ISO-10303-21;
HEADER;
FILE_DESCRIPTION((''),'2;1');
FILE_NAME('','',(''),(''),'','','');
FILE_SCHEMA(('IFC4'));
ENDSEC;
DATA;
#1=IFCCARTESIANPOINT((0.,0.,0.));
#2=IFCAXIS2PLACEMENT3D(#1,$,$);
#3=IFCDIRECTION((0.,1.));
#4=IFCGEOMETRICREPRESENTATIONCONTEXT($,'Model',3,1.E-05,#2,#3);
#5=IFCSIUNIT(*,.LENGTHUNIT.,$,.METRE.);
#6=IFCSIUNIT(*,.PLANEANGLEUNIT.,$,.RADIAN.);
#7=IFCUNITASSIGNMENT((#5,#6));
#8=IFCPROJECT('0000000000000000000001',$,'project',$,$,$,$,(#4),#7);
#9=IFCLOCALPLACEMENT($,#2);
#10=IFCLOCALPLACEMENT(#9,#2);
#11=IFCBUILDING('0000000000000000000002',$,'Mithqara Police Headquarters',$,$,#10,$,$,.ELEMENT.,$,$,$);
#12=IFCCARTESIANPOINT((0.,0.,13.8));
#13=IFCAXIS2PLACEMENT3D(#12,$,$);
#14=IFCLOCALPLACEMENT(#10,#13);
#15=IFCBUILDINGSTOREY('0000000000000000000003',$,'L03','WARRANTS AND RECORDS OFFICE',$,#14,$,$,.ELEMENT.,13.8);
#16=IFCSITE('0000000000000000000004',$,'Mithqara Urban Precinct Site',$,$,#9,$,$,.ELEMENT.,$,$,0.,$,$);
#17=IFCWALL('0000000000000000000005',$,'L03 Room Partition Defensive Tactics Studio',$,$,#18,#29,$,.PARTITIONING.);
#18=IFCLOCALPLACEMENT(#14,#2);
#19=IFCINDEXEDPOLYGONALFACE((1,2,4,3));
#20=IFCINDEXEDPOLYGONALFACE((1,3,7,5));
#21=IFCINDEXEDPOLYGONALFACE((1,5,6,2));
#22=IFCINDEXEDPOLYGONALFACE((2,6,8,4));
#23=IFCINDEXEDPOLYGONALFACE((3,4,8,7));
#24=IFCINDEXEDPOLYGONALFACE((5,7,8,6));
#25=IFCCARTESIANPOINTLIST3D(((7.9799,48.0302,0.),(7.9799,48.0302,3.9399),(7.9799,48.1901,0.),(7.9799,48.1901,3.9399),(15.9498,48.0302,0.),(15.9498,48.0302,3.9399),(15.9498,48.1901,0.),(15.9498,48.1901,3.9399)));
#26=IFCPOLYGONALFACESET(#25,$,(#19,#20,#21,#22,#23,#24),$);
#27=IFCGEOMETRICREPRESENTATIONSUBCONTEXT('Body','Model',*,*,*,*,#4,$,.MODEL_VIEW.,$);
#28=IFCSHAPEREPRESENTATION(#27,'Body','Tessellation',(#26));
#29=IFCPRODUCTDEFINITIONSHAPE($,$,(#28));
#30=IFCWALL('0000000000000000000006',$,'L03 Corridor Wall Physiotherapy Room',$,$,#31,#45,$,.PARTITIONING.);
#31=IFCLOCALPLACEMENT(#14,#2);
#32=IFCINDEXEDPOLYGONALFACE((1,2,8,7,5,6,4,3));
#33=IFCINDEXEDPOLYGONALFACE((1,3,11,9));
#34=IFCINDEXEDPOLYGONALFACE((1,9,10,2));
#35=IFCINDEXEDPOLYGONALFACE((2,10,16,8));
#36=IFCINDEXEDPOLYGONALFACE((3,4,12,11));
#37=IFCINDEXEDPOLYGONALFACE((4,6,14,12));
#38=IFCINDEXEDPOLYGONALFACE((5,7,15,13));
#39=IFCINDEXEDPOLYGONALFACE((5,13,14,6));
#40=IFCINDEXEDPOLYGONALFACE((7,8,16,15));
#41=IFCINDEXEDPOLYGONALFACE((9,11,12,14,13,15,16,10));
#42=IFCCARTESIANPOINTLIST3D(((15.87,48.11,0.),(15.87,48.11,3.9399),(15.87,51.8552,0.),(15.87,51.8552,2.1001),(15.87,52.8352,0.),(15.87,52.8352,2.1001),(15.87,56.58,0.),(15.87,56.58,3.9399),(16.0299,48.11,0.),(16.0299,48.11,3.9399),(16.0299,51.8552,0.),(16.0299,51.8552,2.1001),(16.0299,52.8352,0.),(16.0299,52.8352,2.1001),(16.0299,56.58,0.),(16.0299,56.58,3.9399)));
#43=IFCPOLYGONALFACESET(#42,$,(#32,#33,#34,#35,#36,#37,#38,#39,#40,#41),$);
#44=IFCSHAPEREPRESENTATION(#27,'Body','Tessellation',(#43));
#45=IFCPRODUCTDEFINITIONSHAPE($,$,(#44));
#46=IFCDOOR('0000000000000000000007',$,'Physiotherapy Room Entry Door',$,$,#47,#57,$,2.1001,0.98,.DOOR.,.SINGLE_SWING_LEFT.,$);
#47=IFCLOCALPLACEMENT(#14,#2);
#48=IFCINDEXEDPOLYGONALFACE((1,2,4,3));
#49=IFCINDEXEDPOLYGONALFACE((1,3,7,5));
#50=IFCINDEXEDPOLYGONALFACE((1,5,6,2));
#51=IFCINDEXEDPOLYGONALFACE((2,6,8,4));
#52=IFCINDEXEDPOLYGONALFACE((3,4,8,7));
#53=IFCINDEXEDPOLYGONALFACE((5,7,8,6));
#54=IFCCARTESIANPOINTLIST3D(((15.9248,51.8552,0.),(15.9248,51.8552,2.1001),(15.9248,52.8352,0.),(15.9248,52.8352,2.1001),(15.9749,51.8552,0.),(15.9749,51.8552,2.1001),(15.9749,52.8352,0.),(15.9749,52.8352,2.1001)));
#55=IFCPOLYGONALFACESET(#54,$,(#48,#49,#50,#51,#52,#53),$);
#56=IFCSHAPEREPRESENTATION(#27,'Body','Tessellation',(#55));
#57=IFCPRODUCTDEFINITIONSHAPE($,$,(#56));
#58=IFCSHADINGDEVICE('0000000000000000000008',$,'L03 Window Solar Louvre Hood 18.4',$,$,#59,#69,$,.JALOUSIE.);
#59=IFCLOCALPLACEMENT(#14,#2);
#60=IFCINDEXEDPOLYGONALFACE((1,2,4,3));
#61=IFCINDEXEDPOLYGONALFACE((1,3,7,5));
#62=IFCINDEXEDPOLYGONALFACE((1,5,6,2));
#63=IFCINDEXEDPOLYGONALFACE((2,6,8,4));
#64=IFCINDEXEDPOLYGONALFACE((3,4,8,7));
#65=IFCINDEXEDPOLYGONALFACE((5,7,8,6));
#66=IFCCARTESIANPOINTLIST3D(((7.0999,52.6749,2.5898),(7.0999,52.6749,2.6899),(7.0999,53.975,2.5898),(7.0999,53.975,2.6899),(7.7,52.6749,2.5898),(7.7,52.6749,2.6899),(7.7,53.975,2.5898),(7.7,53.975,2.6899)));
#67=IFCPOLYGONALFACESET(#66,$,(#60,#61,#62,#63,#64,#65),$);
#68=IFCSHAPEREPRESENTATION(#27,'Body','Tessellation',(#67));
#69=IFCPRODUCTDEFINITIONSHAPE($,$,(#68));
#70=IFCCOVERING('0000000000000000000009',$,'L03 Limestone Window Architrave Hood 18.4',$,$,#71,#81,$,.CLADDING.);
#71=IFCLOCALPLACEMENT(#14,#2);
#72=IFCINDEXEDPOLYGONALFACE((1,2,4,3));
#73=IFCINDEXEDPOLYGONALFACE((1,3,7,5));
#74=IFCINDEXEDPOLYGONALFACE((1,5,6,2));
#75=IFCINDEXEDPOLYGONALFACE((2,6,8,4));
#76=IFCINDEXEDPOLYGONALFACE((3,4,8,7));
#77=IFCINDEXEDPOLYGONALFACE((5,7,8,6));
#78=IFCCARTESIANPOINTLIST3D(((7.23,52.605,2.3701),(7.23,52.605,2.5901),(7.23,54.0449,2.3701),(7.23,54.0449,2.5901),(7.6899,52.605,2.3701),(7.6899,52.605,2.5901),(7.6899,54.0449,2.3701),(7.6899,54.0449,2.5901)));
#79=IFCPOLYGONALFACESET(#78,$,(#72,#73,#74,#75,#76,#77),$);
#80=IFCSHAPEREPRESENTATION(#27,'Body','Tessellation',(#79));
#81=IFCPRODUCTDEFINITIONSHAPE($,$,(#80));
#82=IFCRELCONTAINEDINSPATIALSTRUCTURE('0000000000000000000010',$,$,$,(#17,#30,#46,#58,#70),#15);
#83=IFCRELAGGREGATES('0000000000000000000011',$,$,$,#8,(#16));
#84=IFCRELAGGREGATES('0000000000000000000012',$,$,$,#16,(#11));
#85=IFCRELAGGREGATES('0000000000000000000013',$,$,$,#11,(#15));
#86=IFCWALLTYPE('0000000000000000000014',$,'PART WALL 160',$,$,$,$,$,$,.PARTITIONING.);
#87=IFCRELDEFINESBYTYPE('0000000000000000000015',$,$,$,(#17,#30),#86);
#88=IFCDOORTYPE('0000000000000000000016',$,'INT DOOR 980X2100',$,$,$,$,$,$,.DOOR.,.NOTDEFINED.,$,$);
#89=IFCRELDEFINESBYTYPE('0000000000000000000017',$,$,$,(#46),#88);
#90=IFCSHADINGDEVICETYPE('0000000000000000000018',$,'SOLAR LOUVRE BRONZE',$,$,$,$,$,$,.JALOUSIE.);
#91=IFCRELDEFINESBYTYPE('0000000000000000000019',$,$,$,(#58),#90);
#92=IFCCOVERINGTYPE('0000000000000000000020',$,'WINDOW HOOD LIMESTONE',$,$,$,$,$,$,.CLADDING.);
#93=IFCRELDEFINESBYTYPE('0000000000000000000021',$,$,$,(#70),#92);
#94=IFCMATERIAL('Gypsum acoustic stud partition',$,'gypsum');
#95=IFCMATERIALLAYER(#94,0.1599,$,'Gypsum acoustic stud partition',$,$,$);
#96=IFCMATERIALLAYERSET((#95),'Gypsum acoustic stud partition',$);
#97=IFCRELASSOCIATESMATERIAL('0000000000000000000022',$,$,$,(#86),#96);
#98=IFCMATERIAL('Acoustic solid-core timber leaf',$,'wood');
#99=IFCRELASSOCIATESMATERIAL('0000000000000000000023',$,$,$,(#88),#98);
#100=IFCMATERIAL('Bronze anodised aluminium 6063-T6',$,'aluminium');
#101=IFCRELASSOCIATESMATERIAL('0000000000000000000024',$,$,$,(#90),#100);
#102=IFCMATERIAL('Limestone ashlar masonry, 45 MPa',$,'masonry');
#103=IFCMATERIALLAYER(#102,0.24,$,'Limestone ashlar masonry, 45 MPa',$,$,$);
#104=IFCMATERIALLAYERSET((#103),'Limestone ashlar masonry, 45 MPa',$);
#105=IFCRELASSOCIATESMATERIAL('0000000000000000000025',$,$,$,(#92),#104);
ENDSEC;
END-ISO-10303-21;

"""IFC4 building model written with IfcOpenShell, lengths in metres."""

from ifc_helpers import new_model, si_unit, direction, frame, frame_2d, origin, origin_2d, place, context, subcontext, project, spatial, rectangle, extrude, material, layer, layer_set, type_object, element, fill, save


model = new_model("IFC4")

# Units and contexts
model_context = context("Model", 3, precision=1e-05, world=origin(), true_north=direction((0.0, 1.0)))
body_context = subcontext(model_context, "Body", "Model", "MODEL_VIEW")
ifc_project = project(units=[si_unit("LENGTHUNIT", "METRE"), si_unit("PLANEANGLEUNIT", "RADIAN")], contexts=[model_context])

# Site, building, storey
site_placement = place(None, origin())
site = spatial("IfcSite", under=ifc_project, at=site_placement, Name="Mithqara Urban Precinct Site", CompositionType="ELEMENT", RefElevation=0.0)
building_placement = place(site_placement, origin())
building = spatial("IfcBuilding", under=site, at=building_placement, Name="Mithqara Police Headquarters", CompositionType="ELEMENT")
storey_placement = place(building_placement, frame((0.0, 0.0, 13.8)))
storey = spatial("IfcBuildingStorey", under=building, at=storey_placement, Name="L03", Description="WARRANTS AND RECORDS OFFICE", CompositionType="ELEMENT", Elevation=13.8)

# Shared definitions
ifc_material_1 = material(Name="Bronze anodised aluminium 6063-T6", Category="aluminium")

# Wall
ifc_material_2 = material(Name="Gypsum acoustic stud partition", Category="gypsum")
ifc_layer_1 = layer(ifc_material_2, 0.1599, Name="Gypsum acoustic stud partition")
ifc_layer_set_1 = layer_set([ifc_layer_1], Name="Gypsum acoustic stud partition")
wall_type_1 = type_object("IfcWallType", Name="PART WALL 160", PredefinedType="PARTITIONING", material=ifc_layer_set_1)
wall_1_placement = place(storey_placement, frame((7.98, 48.1101, 0.0), z_axis=(0.0, 0.0, 1.0), x_axis=(1.0, 0.0, 0.0)))
element("IfcWall", 1, at=wall_1_placement, inside=storey, type_object=wall_type_1, Name="L03 Room Partition Defensive Tactics Studio", PredefinedType="PARTITIONING", context=body_context, shape_type="SweptSolid", body=[
    extrude(rectangle(XDim=7.97, YDim=0.1599, at=frame_2d((3.9849, 0.0))), origin(), (0.0, 0.0, 1.0), 3.9399),
])

# Wall, opening, door
wall_2_placement = place(storey_placement, frame((15.95, 48.1101, 0.0), z_axis=(0.0, 0.0, 1.0), x_axis=(0.0, 1.0, 0.0)))
wall_2 = element("IfcWall", 2, at=wall_2_placement, inside=storey, type_object=wall_type_1, Name="L03 Corridor Wall Physiotherapy Room", PredefinedType="PARTITIONING", context=body_context, shape_type="SweptSolid", body=[
    extrude(rectangle(XDim=8.47, YDim=0.1599, at=frame_2d((4.2349, 0.0))), origin(), (0.0, 0.0, 1.0), 3.9399),
])
opening_1_placement = place(wall_2_placement, frame((3.7451, 0.0, 0.0)))
opening_1 = element("IfcOpeningElement", 3, at=opening_1_placement, cuts=wall_2, PredefinedType="OPENING", context=body_context, shape_type="SweptSolid", body=[
    extrude(rectangle(XDim=0.98, YDim=2.1001, at=frame_2d((0.49, 1.05))), frame((0.0, 0.0898, 0.0), z_axis=(0.0, -1.0, 0.0), x_axis=(1.0, 0.0, 0.0)), (0.0, 0.0, 1.0), 0.1799),
])
ifc_material_3 = material(Name="Acoustic solid-core timber leaf", Category="wood")
door_type = type_object("IfcDoorType", Name="INT DOOR 980X2100", OperationType="NOTDEFINED", PredefinedType="DOOR", material=ifc_material_3)
door_placement = place(opening_1_placement, frame((0.98, 0.0, 0.0), z_axis=(0.0, 0.0, 1.0), x_axis=(-1.0, 0.0, 0.0)))
door = element("IfcDoor", 4, at=door_placement, inside=storey, type_object=door_type, Name="Physiotherapy Room Entry Door", OperationType="SINGLE_SWING_LEFT", OverallHeight=2.1001, OverallWidth=0.98, PredefinedType="DOOR", context=body_context, shape_type="SweptSolid", body=[
    extrude(rectangle(XDim=0.98, YDim=2.1001, at=frame_2d((0.49, 1.05))), frame((0.0, 0.0249, 0.0), z_axis=(0.0, -1.0, 0.0), x_axis=(1.0, 0.0, 0.0)), (0.0, 0.0, 1.0), 0.05),
])
fill(opening_1, door)

# Shading device
shading_device_type = type_object("IfcShadingDeviceType", Name="SOLAR LOUVRE BRONZE", PredefinedType="JALOUSIE", material=ifc_material_1)
shading_device_placement = place(storey_placement, frame((7.3999, 53.325, 2.5898), z_axis=(0.0, 0.0, 1.0), x_axis=(0.0, 1.0, 0.0)))
element("IfcShadingDevice", 5, at=shading_device_placement, inside=storey, type_object=shading_device_type, Name="L03 Window Solar Louvre Hood 18.4", PredefinedType="JALOUSIE", context=body_context, shape_type="SweptSolid", body=[
    extrude(rectangle(XDim=1.3, YDim=0.6001, at=origin_2d()), origin(), (0.0, 0.0, 1.0), 0.1001),
])

# Covering
ifc_material_4 = material(Name="Limestone ashlar masonry, 45 MPa", Category="masonry")
ifc_layer_2 = layer(ifc_material_4, 0.24, Name="Limestone ashlar masonry, 45 MPa")
ifc_layer_set_2 = layer_set([ifc_layer_2], Name="Limestone ashlar masonry, 45 MPa")
covering_type = type_object("IfcCoveringType", Name="WINDOW HOOD LIMESTONE", PredefinedType="CLADDING", material=ifc_layer_set_2)
covering_placement = place(storey_placement, frame((7.46, 53.325, 2.3701), z_axis=(0.0, 0.0, 1.0), x_axis=(0.0, 1.0, 0.0)))
element("IfcCovering", 6, at=covering_placement, inside=storey, type_object=covering_type, Name="L03 Limestone Window Architrave Hood 18.4", PredefinedType="CLADDING", context=body_context, shape_type="SweptSolid", body=[
    extrude(rectangle(XDim=1.4399, YDim=0.46, at=origin_2d()), origin(), (0.0, 0.0, 1.0), 0.22),
])

save(model, "model.ifc")
